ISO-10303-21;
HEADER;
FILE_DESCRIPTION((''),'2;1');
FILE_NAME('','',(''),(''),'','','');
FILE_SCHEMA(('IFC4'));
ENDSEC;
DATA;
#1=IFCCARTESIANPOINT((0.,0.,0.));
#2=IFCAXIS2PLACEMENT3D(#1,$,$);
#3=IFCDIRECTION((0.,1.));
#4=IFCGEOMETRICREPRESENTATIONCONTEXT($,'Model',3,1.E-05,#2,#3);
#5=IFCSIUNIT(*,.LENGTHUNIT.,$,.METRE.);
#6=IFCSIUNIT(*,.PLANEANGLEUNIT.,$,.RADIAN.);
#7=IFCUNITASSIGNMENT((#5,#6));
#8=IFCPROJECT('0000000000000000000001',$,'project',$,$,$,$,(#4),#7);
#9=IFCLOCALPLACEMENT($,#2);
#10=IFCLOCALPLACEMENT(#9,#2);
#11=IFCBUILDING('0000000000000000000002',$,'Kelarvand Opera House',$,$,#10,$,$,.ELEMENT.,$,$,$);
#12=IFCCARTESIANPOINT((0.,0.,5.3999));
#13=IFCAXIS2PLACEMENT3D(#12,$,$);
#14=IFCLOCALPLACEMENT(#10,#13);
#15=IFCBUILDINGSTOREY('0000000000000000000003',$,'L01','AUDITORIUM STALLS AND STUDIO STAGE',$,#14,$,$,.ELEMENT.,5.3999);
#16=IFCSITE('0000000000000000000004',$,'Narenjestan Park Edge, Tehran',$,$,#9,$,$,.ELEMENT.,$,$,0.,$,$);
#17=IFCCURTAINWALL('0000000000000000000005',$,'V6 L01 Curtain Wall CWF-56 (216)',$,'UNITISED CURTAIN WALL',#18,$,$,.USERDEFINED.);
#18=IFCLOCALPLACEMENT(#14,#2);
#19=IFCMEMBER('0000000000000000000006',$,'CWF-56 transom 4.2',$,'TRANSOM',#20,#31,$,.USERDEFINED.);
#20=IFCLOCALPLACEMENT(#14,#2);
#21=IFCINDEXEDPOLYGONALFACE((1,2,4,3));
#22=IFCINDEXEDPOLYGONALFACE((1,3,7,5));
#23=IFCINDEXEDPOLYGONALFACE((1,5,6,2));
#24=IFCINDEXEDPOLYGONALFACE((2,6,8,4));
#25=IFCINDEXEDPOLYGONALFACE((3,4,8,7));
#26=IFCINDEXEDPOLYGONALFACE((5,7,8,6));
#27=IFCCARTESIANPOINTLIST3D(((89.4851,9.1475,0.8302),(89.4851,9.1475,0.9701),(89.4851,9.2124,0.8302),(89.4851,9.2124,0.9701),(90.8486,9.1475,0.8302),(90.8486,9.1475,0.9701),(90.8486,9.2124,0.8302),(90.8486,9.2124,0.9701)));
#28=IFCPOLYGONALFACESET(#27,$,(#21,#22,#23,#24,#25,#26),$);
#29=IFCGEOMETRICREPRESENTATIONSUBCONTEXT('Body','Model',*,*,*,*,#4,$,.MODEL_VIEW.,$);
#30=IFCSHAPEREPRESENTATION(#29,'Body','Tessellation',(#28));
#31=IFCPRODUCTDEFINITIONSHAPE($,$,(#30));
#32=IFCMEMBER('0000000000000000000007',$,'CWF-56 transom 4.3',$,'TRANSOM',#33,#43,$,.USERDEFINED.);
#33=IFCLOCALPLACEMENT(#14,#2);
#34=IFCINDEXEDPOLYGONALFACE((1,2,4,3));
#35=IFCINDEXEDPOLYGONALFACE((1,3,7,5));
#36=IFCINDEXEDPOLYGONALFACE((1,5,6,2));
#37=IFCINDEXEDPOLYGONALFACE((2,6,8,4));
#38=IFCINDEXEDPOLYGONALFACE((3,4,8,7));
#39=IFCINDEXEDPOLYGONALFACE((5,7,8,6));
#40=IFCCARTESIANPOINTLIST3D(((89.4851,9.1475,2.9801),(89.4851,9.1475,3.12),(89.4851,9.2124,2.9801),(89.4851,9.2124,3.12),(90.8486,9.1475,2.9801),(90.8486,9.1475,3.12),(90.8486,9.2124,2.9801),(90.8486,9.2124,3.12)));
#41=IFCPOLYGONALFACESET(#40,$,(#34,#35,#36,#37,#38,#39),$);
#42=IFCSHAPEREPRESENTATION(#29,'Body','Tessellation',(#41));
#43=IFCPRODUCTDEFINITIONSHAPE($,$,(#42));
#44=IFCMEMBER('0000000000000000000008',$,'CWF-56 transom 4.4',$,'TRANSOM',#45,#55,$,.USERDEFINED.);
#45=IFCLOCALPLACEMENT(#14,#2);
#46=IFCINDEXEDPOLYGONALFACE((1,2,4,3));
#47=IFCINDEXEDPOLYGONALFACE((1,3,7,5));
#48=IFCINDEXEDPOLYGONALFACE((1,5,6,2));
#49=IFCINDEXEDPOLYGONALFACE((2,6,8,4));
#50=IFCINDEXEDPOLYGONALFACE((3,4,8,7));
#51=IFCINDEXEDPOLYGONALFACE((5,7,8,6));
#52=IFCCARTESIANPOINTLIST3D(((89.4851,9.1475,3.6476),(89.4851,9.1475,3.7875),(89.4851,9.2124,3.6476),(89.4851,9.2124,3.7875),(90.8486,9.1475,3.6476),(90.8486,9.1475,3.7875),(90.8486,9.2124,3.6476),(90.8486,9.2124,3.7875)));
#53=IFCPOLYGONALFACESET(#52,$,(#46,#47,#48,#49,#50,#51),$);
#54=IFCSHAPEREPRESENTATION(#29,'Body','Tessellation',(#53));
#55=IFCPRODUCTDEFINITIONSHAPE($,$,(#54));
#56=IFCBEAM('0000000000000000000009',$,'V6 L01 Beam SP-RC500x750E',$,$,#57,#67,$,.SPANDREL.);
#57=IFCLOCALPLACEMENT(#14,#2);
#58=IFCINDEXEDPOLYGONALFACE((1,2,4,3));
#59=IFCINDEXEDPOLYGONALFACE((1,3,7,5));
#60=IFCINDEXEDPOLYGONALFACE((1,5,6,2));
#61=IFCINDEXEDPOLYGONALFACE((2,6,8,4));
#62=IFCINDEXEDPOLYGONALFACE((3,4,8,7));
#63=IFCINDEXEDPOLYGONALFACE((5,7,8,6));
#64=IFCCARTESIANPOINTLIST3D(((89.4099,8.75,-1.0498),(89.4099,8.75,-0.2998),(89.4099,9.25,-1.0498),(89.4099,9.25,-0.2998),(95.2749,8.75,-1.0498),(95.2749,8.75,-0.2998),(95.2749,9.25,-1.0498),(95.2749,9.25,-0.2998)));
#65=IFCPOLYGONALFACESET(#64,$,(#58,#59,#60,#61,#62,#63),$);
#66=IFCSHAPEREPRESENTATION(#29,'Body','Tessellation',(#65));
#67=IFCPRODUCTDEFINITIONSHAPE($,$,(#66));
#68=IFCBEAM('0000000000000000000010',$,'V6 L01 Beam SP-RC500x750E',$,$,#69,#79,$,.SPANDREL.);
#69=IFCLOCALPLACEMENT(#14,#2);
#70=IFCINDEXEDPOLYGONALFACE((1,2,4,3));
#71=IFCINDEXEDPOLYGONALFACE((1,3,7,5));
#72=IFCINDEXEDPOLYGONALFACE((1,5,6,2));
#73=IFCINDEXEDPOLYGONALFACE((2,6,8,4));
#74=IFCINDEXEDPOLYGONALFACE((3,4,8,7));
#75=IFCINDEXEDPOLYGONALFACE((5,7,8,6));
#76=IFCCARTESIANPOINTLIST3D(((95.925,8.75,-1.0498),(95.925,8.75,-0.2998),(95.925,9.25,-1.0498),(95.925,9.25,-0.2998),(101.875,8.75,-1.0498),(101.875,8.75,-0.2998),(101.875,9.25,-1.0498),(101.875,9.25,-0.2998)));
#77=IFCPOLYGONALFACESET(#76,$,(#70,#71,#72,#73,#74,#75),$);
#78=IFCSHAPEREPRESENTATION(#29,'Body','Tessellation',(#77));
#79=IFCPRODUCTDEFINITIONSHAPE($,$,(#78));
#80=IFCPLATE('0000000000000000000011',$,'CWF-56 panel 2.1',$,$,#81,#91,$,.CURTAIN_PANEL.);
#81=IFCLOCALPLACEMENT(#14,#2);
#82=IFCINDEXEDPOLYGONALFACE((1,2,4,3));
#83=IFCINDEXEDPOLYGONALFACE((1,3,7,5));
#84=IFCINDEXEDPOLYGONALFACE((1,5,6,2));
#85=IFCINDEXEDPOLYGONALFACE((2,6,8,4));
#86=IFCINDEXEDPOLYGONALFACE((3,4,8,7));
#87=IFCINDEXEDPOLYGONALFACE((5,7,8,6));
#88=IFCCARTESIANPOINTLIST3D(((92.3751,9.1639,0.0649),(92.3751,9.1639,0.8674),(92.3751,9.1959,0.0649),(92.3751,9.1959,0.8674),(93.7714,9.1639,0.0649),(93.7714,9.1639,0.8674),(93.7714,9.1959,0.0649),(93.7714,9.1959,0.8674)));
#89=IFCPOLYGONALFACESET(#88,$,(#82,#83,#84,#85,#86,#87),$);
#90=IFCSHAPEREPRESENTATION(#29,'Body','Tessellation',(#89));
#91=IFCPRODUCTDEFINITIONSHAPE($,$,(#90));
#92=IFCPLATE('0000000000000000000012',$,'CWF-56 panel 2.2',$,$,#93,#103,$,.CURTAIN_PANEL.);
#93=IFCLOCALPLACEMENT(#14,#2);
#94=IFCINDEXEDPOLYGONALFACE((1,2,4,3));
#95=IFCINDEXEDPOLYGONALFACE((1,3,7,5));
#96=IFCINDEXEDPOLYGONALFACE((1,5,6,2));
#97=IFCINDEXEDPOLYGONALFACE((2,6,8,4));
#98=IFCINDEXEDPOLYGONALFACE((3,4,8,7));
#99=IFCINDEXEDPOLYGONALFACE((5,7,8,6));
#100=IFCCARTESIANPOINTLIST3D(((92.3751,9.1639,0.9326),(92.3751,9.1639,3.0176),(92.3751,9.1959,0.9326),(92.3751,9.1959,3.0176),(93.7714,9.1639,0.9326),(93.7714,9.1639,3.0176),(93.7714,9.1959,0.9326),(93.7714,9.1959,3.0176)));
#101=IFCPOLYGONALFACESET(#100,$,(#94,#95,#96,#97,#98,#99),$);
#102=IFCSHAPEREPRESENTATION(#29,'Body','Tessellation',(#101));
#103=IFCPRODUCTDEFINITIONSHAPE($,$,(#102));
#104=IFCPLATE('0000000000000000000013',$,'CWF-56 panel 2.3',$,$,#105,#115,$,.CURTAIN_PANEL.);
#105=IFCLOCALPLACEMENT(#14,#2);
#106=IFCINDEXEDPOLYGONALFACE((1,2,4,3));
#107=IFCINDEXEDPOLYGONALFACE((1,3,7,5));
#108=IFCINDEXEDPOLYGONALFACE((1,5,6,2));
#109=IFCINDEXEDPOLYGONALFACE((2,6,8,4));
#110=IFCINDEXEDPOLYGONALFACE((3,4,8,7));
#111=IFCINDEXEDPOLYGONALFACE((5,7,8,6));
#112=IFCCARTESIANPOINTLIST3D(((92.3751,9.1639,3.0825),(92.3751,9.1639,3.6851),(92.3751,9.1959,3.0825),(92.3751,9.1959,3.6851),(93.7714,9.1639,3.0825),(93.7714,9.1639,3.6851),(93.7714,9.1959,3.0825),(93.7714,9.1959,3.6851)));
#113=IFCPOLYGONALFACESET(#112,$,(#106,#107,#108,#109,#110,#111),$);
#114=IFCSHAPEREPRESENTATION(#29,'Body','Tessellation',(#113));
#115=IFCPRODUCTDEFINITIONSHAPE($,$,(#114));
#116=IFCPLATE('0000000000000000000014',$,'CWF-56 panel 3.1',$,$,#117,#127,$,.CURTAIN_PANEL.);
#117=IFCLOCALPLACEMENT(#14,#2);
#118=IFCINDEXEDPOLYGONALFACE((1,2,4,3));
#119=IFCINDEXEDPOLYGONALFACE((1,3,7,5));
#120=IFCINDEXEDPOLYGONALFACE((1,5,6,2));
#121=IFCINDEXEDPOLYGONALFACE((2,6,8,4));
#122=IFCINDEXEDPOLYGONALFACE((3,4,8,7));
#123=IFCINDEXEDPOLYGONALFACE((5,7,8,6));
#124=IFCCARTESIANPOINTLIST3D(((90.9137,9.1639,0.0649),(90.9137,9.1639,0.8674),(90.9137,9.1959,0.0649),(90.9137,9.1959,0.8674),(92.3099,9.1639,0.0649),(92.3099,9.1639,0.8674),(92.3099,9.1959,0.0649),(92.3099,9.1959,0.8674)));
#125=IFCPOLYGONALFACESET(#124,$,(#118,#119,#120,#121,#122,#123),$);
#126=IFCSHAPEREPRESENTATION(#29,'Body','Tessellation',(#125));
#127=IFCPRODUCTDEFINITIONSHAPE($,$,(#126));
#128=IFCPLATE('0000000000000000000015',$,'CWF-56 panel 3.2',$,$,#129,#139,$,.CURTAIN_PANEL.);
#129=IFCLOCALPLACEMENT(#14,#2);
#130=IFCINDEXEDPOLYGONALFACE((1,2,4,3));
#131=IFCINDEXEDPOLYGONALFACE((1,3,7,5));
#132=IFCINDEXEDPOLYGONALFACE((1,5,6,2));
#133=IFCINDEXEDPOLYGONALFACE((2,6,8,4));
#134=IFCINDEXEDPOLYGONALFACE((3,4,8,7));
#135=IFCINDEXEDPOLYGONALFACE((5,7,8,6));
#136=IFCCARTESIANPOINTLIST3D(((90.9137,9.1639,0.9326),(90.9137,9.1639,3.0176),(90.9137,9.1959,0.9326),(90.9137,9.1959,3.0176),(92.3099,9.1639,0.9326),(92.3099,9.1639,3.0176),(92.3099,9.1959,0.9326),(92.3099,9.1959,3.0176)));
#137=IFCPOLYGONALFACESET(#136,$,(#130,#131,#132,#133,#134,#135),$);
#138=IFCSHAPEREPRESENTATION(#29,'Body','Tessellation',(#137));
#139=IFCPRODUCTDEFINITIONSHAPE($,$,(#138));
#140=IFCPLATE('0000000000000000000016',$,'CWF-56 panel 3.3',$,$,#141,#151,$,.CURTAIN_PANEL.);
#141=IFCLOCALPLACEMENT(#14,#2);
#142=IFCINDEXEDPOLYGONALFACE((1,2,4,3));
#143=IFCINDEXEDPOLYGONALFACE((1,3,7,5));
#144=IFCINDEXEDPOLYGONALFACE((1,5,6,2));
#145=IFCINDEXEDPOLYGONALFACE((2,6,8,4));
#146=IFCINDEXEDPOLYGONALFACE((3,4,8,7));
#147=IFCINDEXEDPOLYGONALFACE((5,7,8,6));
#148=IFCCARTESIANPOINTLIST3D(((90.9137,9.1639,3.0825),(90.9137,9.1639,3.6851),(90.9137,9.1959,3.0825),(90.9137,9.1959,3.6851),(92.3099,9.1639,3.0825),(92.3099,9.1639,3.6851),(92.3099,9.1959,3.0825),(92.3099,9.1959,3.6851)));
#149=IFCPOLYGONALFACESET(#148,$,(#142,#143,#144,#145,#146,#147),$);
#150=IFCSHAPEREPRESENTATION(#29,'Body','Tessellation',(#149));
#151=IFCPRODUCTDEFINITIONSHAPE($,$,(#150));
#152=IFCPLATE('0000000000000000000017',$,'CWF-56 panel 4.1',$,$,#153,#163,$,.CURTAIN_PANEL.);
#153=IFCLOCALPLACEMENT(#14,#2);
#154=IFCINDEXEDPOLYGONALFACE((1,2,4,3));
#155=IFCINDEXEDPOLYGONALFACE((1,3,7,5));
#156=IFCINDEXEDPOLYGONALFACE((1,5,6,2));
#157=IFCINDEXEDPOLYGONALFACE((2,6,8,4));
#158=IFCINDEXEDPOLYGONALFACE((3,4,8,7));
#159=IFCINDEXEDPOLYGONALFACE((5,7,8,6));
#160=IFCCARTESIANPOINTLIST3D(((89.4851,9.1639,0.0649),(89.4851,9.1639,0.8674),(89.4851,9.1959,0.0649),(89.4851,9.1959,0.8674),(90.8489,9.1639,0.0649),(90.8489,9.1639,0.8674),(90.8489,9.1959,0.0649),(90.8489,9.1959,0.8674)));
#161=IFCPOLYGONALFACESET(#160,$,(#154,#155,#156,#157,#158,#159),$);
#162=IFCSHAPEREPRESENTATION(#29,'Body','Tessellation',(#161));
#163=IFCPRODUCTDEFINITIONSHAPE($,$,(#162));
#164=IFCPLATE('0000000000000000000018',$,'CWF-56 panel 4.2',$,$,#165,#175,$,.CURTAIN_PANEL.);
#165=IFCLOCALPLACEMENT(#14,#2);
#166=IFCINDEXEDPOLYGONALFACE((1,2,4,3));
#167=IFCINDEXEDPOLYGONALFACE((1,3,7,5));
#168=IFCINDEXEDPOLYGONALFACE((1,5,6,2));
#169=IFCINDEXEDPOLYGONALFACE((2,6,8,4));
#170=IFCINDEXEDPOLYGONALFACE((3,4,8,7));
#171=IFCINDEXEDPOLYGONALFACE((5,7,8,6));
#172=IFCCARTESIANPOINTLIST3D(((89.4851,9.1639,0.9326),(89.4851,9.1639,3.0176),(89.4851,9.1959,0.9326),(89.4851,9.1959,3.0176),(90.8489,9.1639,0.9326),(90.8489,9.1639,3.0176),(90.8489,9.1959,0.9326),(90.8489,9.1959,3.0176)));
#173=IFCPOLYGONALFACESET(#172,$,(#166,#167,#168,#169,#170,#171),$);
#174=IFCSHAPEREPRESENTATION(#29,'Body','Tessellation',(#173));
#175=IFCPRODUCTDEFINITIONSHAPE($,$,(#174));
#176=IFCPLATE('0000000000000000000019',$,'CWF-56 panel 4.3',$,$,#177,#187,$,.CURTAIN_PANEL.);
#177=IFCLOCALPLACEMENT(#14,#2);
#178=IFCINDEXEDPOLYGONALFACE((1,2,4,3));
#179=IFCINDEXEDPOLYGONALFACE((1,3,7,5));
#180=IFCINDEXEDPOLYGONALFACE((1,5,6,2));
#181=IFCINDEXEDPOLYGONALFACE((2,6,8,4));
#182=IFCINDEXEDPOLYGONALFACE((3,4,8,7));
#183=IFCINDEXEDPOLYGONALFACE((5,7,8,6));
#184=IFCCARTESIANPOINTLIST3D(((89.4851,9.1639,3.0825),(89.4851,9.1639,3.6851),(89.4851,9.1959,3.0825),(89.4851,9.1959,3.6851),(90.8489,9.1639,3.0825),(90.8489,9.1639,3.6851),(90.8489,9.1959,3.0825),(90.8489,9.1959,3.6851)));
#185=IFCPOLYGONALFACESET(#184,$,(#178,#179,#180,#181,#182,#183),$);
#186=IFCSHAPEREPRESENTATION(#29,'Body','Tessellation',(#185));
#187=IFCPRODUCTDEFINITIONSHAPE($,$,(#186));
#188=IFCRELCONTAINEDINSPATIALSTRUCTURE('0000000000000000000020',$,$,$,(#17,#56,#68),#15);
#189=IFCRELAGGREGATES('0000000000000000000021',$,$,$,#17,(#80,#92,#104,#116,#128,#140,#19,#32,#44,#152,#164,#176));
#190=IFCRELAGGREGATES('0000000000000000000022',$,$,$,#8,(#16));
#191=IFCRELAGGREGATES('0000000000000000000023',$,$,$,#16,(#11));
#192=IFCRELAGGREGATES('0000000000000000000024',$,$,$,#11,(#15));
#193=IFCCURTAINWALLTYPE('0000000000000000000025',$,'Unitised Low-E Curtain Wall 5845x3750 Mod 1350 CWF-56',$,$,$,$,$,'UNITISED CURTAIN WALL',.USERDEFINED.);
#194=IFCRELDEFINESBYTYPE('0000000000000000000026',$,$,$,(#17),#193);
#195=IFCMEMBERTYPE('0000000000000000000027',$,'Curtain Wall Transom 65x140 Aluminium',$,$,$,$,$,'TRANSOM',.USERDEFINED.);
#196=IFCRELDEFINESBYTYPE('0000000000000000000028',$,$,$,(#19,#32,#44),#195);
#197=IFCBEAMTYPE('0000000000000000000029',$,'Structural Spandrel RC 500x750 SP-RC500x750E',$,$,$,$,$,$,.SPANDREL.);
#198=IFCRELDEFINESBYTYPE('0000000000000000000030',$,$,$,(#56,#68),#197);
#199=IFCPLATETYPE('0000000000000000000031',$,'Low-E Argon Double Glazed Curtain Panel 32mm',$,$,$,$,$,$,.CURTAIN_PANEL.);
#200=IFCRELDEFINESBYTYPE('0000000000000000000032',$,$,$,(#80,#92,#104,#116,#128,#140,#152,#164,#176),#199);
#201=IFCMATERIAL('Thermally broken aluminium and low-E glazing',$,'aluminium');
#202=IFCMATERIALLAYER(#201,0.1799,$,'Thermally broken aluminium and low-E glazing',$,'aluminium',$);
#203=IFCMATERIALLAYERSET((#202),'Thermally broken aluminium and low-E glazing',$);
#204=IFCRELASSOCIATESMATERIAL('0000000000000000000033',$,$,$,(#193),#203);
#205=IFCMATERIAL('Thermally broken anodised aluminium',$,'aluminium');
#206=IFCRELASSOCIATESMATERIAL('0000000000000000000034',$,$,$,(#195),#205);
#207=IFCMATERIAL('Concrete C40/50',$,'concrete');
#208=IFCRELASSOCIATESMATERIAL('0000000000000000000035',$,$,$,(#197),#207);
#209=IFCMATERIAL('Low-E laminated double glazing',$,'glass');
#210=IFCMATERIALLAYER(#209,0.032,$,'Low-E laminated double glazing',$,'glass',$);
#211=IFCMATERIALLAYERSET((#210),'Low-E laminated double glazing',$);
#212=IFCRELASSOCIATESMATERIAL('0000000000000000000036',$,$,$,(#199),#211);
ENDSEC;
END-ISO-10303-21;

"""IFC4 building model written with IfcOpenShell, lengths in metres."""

from ifc_helpers import new_model, si_unit, direction, frame, origin, origin_2d, place, context, subcontext, project, spatial, rectangle, extrude, material, layer, layer_set, material_profile, profile_set, type_object, element, aggregate, save


model = new_model("IFC4")

# Units and contexts
model_context = context("Model", 3, precision=1e-05, world=origin(), true_north=direction((0.0, 1.0)))
body_context = subcontext(model_context, "Body", "Model", "MODEL_VIEW")
ifc_project = project(units=[si_unit("LENGTHUNIT", "METRE"), si_unit("PLANEANGLEUNIT", "RADIAN")], contexts=[model_context])

# Site, building, storey
site_placement = place(None, origin())
site = spatial("IfcSite", under=ifc_project, at=site_placement, Name="Narenjestan Park Edge, Tehran", CompositionType="ELEMENT", RefElevation=0.0)
building_placement = place(site_placement, origin())
building = spatial("IfcBuilding", under=site, at=building_placement, Name="Kelarvand Opera House", CompositionType="ELEMENT")
storey_placement = place(building_placement, frame((0.0, 0.0, 5.3999)))
storey = spatial("IfcBuildingStorey", under=building, at=storey_placement, Name="L01", Description="AUDITORIUM STALLS AND STUDIO STAGE", CompositionType="ELEMENT", Elevation=5.3999)

# Shared definitions
ifc_material_1 = material(Name="Concrete C40/50", Category="concrete")

# Curtain wall, members
ifc_material_2 = material(Name="Thermally broken aluminium and low-E glazing", Category="aluminium")
ifc_layer_1 = layer(ifc_material_2, 0.1799, Name="Thermally broken aluminium and low-E glazing", Category="aluminium")
ifc_layer_set_1 = layer_set([ifc_layer_1], Name="Thermally broken aluminium and low-E glazing")
curtain_wall_type = type_object("IfcCurtainWallType", Name="Unitised Low-E Curtain Wall 5845x3750 Mod 1350 CWF-56", ElementType="UNITISED CURTAIN WALL", PredefinedType="USERDEFINED", material=ifc_layer_set_1)
curtain_wall_placement = place(storey_placement, origin())
curtain_wall = element("IfcCurtainWall", 1, at=curtain_wall_placement, inside=storey, type_object=curtain_wall_type, Name="V6 L01 Curtain Wall CWF-56 (216)", ObjectType="UNITISED CURTAIN WALL", PredefinedType="USERDEFINED")
ifc_material_3 = material(Name="Thermally broken anodised aluminium", Category="aluminium")
ifc_material_profile_1 = material_profile(ifc_material_3, rectangle(XDim=0.0649, YDim=0.1399, at=origin_2d()), Name="ALU TRANSOM 65x140", Category="aluminium")
ifc_profile_set_1 = profile_set([ifc_material_profile_1], Name="Thermally broken anodised aluminium")
member_type_1 = type_object("IfcMemberType", Name="Curtain Wall Transom 65x140 Aluminium", ElementType="TRANSOM", PredefinedType="USERDEFINED", material=ifc_profile_set_1)
member_1_placement = place(storey_placement, frame((90.8486, 9.1799, 0.9001), z_axis=(-1.0, 0.0, 0.0), x_axis=(0.0, -1.0, 0.0)))
member_1 = element("IfcMember", 2, at=member_1_placement, type_object=member_type_1, Name="CWF-56 transom 4.2", ObjectType="TRANSOM", PredefinedType="USERDEFINED", context=body_context, shape_type="SweptSolid", body=[
    extrude(rectangle(XDim=0.0649, YDim=0.1399, at=origin_2d()), origin(), (0.0, 0.0, 1.0), 1.3635),
])
member_2_placement = place(storey_placement, frame((90.8486, 9.1799, 3.05), z_axis=(-1.0, 0.0, 0.0), x_axis=(0.0, -1.0, 0.0)))
member_2 = element("IfcMember", 3, at=member_2_placement, type_object=member_type_1, Name="CWF-56 transom 4.3", ObjectType="TRANSOM", PredefinedType="USERDEFINED", context=body_context, shape_type="SweptSolid", body=[
    extrude(rectangle(XDim=0.0649, YDim=0.1399, at=origin_2d()), origin(), (0.0, 0.0, 1.0), 1.3635),
])
member_3_placement = place(storey_placement, frame((90.8486, 9.1799, 3.7175), z_axis=(-1.0, 0.0, 0.0), x_axis=(0.0, -1.0, 0.0)))
member_3 = element("IfcMember", 4, at=member_3_placement, type_object=member_type_1, Name="CWF-56 transom 4.4", ObjectType="TRANSOM", PredefinedType="USERDEFINED", context=body_context, shape_type="SweptSolid", body=[
    extrude(rectangle(XDim=0.0649, YDim=0.1399, at=origin_2d()), origin(), (0.0, 0.0, 1.0), 1.3635),
])

# Beams
ifc_material_profile_2 = material_profile(ifc_material_1, rectangle(XDim=0.5, YDim=0.75, at=origin_2d()), Name="RC 500x750", Category="concrete")
ifc_profile_set_2 = profile_set([ifc_material_profile_2], Name="Concrete C40/50")
beam_type = type_object("IfcBeamType", Name="Structural Spandrel RC 500x750 SP-RC500x750E", PredefinedType="SPANDREL", material=ifc_profile_set_2)
beam_1_placement = place(storey_placement, frame((89.4099, 9.0, -0.6748), z_axis=(1.0, 0.0, 0.0), x_axis=(0.0, 1.0, 0.0)))
element("IfcBeam", 5, at=beam_1_placement, inside=storey, type_object=beam_type, Name="V6 L01 Beam SP-RC500x750E", PredefinedType="SPANDREL", context=body_context, shape_type="SweptSolid", body=[
    extrude(rectangle(XDim=0.5, YDim=0.75, at=origin_2d()), origin(), (0.0, 0.0, 1.0), 5.865),
])
beam_2_placement = place(storey_placement, frame((95.925, 9.0, -0.6748), z_axis=(1.0, 0.0, 0.0), x_axis=(0.0, 1.0, 0.0)))
element("IfcBeam", 6, at=beam_2_placement, inside=storey, type_object=beam_type, Name="V6 L01 Beam SP-RC500x750E", PredefinedType="SPANDREL", context=body_context, shape_type="SweptSolid", body=[
    extrude(rectangle(XDim=0.5, YDim=0.75, at=origin_2d()), origin(), (0.0, 0.0, 1.0), 5.95),
])

# Plates
ifc_material_4 = material(Name="Low-E laminated double glazing", Category="glass")
ifc_layer_2 = layer(ifc_material_4, 0.032, Name="Low-E laminated double glazing", Category="glass")
ifc_layer_set_2 = layer_set([ifc_layer_2], Name="Low-E laminated double glazing")
plate_type = type_object("IfcPlateType", Name="Low-E Argon Double Glazed Curtain Panel 32mm", PredefinedType="CURTAIN_PANEL", material=ifc_layer_set_2)
plate_1_placement = place(storey_placement, frame((93.0732, 9.1799, 0.0649), z_axis=(0.0, 0.0, 1.0), x_axis=(-1.0, 0.0, 0.0)))
plate_1 = element("IfcPlate", 7, at=plate_1_placement, type_object=plate_type, Name="CWF-56 panel 2.1", PredefinedType="CURTAIN_PANEL", context=body_context, shape_type="SweptSolid", body=[
    extrude(rectangle(XDim=1.3962, YDim=0.032, at=origin_2d()), origin(), (0.0, 0.0, 1.0), 0.8025),
])
plate_2_placement = place(storey_placement, frame((93.0732, 9.1799, 0.9326), z_axis=(0.0, 0.0, 1.0), x_axis=(-1.0, 0.0, 0.0)))
plate_2 = element("IfcPlate", 8, at=plate_2_placement, type_object=plate_type, Name="CWF-56 panel 2.2", PredefinedType="CURTAIN_PANEL", context=body_context, shape_type="SweptSolid", body=[
    extrude(rectangle(XDim=1.3962, YDim=0.032, at=origin_2d()), origin(), (0.0, 0.0, 1.0), 2.085),
])
plate_3_placement = place(storey_placement, frame((93.0732, 9.1799, 3.0825), z_axis=(0.0, 0.0, 1.0), x_axis=(-1.0, 0.0, 0.0)))
plate_3 = element("IfcPlate", 9, at=plate_3_placement, type_object=plate_type, Name="CWF-56 panel 2.3", PredefinedType="CURTAIN_PANEL", context=body_context, shape_type="SweptSolid", body=[
    extrude(rectangle(XDim=1.3962, YDim=0.032, at=origin_2d()), origin(), (0.0, 0.0, 1.0), 0.6025),
])
plate_4_placement = place(storey_placement, frame((91.6118, 9.1799, 0.0649), z_axis=(0.0, 0.0, 1.0), x_axis=(-1.0, 0.0, 0.0)))
plate_4 = element("IfcPlate", 10, at=plate_4_placement, type_object=plate_type, Name="CWF-56 panel 3.1", PredefinedType="CURTAIN_PANEL", context=body_context, shape_type="SweptSolid", body=[
    extrude(rectangle(XDim=1.3962, YDim=0.032, at=origin_2d()), origin(), (0.0, 0.0, 1.0), 0.8025),
])
plate_5_placement = place(storey_placement, frame((91.6118, 9.1799, 0.9326), z_axis=(0.0, 0.0, 1.0), x_axis=(-1.0, 0.0, 0.0)))
plate_5 = element("IfcPlate", 11, at=plate_5_placement, type_object=plate_type, Name="CWF-56 panel 3.2", PredefinedType="CURTAIN_PANEL", context=body_context, shape_type="SweptSolid", body=[
    extrude(rectangle(XDim=1.3962, YDim=0.032, at=origin_2d()), origin(), (0.0, 0.0, 1.0), 2.085),
])
plate_6_placement = place(storey_placement, frame((91.6118, 9.1799, 3.0825), z_axis=(0.0, 0.0, 1.0), x_axis=(-1.0, 0.0, 0.0)))
plate_6 = element("IfcPlate", 12, at=plate_6_placement, type_object=plate_type, Name="CWF-56 panel 3.3", PredefinedType="CURTAIN_PANEL", context=body_context, shape_type="SweptSolid", body=[
    extrude(rectangle(XDim=1.3962, YDim=0.032, at=origin_2d()), origin(), (0.0, 0.0, 1.0), 0.6025),
])
plate_7_placement = place(storey_placement, frame((90.167, 9.1799, 0.0649), z_axis=(0.0, 0.0, 1.0), x_axis=(-1.0, 0.0, 0.0)))
plate_7 = element("IfcPlate", 13, at=plate_7_placement, type_object=plate_type, Name="CWF-56 panel 4.1", PredefinedType="CURTAIN_PANEL", context=body_context, shape_type="SweptSolid", body=[
    extrude(rectangle(XDim=1.3638, YDim=0.032, at=origin_2d()), origin(), (0.0, 0.0, 1.0), 0.8025),
])
plate_8_placement = place(storey_placement, frame((90.167, 9.1799, 0.9326), z_axis=(0.0, 0.0, 1.0), x_axis=(-1.0, 0.0, 0.0)))
plate_8 = element("IfcPlate", 14, at=plate_8_placement, type_object=plate_type, Name="CWF-56 panel 4.2", PredefinedType="CURTAIN_PANEL", context=body_context, shape_type="SweptSolid", body=[
    extrude(rectangle(XDim=1.3638, YDim=0.032, at=origin_2d()), origin(), (0.0, 0.0, 1.0), 2.085),
])
plate_9_placement = place(storey_placement, frame((90.167, 9.1799, 3.0825), z_axis=(0.0, 0.0, 1.0), x_axis=(-1.0, 0.0, 0.0)))
plate_9 = element("IfcPlate", 15, at=plate_9_placement, type_object=plate_type, Name="CWF-56 panel 4.3", PredefinedType="CURTAIN_PANEL", context=body_context, shape_type="SweptSolid", body=[
    extrude(rectangle(XDim=1.3638, YDim=0.032, at=origin_2d()), origin(), (0.0, 0.0, 1.0), 0.6025),
])
aggregate(curtain_wall, [plate_1, plate_2, plate_3, plate_4, plate_5, plate_6, member_1, member_2, member_3, plate_7, plate_8, plate_9])

save(model, "model.ifc")
